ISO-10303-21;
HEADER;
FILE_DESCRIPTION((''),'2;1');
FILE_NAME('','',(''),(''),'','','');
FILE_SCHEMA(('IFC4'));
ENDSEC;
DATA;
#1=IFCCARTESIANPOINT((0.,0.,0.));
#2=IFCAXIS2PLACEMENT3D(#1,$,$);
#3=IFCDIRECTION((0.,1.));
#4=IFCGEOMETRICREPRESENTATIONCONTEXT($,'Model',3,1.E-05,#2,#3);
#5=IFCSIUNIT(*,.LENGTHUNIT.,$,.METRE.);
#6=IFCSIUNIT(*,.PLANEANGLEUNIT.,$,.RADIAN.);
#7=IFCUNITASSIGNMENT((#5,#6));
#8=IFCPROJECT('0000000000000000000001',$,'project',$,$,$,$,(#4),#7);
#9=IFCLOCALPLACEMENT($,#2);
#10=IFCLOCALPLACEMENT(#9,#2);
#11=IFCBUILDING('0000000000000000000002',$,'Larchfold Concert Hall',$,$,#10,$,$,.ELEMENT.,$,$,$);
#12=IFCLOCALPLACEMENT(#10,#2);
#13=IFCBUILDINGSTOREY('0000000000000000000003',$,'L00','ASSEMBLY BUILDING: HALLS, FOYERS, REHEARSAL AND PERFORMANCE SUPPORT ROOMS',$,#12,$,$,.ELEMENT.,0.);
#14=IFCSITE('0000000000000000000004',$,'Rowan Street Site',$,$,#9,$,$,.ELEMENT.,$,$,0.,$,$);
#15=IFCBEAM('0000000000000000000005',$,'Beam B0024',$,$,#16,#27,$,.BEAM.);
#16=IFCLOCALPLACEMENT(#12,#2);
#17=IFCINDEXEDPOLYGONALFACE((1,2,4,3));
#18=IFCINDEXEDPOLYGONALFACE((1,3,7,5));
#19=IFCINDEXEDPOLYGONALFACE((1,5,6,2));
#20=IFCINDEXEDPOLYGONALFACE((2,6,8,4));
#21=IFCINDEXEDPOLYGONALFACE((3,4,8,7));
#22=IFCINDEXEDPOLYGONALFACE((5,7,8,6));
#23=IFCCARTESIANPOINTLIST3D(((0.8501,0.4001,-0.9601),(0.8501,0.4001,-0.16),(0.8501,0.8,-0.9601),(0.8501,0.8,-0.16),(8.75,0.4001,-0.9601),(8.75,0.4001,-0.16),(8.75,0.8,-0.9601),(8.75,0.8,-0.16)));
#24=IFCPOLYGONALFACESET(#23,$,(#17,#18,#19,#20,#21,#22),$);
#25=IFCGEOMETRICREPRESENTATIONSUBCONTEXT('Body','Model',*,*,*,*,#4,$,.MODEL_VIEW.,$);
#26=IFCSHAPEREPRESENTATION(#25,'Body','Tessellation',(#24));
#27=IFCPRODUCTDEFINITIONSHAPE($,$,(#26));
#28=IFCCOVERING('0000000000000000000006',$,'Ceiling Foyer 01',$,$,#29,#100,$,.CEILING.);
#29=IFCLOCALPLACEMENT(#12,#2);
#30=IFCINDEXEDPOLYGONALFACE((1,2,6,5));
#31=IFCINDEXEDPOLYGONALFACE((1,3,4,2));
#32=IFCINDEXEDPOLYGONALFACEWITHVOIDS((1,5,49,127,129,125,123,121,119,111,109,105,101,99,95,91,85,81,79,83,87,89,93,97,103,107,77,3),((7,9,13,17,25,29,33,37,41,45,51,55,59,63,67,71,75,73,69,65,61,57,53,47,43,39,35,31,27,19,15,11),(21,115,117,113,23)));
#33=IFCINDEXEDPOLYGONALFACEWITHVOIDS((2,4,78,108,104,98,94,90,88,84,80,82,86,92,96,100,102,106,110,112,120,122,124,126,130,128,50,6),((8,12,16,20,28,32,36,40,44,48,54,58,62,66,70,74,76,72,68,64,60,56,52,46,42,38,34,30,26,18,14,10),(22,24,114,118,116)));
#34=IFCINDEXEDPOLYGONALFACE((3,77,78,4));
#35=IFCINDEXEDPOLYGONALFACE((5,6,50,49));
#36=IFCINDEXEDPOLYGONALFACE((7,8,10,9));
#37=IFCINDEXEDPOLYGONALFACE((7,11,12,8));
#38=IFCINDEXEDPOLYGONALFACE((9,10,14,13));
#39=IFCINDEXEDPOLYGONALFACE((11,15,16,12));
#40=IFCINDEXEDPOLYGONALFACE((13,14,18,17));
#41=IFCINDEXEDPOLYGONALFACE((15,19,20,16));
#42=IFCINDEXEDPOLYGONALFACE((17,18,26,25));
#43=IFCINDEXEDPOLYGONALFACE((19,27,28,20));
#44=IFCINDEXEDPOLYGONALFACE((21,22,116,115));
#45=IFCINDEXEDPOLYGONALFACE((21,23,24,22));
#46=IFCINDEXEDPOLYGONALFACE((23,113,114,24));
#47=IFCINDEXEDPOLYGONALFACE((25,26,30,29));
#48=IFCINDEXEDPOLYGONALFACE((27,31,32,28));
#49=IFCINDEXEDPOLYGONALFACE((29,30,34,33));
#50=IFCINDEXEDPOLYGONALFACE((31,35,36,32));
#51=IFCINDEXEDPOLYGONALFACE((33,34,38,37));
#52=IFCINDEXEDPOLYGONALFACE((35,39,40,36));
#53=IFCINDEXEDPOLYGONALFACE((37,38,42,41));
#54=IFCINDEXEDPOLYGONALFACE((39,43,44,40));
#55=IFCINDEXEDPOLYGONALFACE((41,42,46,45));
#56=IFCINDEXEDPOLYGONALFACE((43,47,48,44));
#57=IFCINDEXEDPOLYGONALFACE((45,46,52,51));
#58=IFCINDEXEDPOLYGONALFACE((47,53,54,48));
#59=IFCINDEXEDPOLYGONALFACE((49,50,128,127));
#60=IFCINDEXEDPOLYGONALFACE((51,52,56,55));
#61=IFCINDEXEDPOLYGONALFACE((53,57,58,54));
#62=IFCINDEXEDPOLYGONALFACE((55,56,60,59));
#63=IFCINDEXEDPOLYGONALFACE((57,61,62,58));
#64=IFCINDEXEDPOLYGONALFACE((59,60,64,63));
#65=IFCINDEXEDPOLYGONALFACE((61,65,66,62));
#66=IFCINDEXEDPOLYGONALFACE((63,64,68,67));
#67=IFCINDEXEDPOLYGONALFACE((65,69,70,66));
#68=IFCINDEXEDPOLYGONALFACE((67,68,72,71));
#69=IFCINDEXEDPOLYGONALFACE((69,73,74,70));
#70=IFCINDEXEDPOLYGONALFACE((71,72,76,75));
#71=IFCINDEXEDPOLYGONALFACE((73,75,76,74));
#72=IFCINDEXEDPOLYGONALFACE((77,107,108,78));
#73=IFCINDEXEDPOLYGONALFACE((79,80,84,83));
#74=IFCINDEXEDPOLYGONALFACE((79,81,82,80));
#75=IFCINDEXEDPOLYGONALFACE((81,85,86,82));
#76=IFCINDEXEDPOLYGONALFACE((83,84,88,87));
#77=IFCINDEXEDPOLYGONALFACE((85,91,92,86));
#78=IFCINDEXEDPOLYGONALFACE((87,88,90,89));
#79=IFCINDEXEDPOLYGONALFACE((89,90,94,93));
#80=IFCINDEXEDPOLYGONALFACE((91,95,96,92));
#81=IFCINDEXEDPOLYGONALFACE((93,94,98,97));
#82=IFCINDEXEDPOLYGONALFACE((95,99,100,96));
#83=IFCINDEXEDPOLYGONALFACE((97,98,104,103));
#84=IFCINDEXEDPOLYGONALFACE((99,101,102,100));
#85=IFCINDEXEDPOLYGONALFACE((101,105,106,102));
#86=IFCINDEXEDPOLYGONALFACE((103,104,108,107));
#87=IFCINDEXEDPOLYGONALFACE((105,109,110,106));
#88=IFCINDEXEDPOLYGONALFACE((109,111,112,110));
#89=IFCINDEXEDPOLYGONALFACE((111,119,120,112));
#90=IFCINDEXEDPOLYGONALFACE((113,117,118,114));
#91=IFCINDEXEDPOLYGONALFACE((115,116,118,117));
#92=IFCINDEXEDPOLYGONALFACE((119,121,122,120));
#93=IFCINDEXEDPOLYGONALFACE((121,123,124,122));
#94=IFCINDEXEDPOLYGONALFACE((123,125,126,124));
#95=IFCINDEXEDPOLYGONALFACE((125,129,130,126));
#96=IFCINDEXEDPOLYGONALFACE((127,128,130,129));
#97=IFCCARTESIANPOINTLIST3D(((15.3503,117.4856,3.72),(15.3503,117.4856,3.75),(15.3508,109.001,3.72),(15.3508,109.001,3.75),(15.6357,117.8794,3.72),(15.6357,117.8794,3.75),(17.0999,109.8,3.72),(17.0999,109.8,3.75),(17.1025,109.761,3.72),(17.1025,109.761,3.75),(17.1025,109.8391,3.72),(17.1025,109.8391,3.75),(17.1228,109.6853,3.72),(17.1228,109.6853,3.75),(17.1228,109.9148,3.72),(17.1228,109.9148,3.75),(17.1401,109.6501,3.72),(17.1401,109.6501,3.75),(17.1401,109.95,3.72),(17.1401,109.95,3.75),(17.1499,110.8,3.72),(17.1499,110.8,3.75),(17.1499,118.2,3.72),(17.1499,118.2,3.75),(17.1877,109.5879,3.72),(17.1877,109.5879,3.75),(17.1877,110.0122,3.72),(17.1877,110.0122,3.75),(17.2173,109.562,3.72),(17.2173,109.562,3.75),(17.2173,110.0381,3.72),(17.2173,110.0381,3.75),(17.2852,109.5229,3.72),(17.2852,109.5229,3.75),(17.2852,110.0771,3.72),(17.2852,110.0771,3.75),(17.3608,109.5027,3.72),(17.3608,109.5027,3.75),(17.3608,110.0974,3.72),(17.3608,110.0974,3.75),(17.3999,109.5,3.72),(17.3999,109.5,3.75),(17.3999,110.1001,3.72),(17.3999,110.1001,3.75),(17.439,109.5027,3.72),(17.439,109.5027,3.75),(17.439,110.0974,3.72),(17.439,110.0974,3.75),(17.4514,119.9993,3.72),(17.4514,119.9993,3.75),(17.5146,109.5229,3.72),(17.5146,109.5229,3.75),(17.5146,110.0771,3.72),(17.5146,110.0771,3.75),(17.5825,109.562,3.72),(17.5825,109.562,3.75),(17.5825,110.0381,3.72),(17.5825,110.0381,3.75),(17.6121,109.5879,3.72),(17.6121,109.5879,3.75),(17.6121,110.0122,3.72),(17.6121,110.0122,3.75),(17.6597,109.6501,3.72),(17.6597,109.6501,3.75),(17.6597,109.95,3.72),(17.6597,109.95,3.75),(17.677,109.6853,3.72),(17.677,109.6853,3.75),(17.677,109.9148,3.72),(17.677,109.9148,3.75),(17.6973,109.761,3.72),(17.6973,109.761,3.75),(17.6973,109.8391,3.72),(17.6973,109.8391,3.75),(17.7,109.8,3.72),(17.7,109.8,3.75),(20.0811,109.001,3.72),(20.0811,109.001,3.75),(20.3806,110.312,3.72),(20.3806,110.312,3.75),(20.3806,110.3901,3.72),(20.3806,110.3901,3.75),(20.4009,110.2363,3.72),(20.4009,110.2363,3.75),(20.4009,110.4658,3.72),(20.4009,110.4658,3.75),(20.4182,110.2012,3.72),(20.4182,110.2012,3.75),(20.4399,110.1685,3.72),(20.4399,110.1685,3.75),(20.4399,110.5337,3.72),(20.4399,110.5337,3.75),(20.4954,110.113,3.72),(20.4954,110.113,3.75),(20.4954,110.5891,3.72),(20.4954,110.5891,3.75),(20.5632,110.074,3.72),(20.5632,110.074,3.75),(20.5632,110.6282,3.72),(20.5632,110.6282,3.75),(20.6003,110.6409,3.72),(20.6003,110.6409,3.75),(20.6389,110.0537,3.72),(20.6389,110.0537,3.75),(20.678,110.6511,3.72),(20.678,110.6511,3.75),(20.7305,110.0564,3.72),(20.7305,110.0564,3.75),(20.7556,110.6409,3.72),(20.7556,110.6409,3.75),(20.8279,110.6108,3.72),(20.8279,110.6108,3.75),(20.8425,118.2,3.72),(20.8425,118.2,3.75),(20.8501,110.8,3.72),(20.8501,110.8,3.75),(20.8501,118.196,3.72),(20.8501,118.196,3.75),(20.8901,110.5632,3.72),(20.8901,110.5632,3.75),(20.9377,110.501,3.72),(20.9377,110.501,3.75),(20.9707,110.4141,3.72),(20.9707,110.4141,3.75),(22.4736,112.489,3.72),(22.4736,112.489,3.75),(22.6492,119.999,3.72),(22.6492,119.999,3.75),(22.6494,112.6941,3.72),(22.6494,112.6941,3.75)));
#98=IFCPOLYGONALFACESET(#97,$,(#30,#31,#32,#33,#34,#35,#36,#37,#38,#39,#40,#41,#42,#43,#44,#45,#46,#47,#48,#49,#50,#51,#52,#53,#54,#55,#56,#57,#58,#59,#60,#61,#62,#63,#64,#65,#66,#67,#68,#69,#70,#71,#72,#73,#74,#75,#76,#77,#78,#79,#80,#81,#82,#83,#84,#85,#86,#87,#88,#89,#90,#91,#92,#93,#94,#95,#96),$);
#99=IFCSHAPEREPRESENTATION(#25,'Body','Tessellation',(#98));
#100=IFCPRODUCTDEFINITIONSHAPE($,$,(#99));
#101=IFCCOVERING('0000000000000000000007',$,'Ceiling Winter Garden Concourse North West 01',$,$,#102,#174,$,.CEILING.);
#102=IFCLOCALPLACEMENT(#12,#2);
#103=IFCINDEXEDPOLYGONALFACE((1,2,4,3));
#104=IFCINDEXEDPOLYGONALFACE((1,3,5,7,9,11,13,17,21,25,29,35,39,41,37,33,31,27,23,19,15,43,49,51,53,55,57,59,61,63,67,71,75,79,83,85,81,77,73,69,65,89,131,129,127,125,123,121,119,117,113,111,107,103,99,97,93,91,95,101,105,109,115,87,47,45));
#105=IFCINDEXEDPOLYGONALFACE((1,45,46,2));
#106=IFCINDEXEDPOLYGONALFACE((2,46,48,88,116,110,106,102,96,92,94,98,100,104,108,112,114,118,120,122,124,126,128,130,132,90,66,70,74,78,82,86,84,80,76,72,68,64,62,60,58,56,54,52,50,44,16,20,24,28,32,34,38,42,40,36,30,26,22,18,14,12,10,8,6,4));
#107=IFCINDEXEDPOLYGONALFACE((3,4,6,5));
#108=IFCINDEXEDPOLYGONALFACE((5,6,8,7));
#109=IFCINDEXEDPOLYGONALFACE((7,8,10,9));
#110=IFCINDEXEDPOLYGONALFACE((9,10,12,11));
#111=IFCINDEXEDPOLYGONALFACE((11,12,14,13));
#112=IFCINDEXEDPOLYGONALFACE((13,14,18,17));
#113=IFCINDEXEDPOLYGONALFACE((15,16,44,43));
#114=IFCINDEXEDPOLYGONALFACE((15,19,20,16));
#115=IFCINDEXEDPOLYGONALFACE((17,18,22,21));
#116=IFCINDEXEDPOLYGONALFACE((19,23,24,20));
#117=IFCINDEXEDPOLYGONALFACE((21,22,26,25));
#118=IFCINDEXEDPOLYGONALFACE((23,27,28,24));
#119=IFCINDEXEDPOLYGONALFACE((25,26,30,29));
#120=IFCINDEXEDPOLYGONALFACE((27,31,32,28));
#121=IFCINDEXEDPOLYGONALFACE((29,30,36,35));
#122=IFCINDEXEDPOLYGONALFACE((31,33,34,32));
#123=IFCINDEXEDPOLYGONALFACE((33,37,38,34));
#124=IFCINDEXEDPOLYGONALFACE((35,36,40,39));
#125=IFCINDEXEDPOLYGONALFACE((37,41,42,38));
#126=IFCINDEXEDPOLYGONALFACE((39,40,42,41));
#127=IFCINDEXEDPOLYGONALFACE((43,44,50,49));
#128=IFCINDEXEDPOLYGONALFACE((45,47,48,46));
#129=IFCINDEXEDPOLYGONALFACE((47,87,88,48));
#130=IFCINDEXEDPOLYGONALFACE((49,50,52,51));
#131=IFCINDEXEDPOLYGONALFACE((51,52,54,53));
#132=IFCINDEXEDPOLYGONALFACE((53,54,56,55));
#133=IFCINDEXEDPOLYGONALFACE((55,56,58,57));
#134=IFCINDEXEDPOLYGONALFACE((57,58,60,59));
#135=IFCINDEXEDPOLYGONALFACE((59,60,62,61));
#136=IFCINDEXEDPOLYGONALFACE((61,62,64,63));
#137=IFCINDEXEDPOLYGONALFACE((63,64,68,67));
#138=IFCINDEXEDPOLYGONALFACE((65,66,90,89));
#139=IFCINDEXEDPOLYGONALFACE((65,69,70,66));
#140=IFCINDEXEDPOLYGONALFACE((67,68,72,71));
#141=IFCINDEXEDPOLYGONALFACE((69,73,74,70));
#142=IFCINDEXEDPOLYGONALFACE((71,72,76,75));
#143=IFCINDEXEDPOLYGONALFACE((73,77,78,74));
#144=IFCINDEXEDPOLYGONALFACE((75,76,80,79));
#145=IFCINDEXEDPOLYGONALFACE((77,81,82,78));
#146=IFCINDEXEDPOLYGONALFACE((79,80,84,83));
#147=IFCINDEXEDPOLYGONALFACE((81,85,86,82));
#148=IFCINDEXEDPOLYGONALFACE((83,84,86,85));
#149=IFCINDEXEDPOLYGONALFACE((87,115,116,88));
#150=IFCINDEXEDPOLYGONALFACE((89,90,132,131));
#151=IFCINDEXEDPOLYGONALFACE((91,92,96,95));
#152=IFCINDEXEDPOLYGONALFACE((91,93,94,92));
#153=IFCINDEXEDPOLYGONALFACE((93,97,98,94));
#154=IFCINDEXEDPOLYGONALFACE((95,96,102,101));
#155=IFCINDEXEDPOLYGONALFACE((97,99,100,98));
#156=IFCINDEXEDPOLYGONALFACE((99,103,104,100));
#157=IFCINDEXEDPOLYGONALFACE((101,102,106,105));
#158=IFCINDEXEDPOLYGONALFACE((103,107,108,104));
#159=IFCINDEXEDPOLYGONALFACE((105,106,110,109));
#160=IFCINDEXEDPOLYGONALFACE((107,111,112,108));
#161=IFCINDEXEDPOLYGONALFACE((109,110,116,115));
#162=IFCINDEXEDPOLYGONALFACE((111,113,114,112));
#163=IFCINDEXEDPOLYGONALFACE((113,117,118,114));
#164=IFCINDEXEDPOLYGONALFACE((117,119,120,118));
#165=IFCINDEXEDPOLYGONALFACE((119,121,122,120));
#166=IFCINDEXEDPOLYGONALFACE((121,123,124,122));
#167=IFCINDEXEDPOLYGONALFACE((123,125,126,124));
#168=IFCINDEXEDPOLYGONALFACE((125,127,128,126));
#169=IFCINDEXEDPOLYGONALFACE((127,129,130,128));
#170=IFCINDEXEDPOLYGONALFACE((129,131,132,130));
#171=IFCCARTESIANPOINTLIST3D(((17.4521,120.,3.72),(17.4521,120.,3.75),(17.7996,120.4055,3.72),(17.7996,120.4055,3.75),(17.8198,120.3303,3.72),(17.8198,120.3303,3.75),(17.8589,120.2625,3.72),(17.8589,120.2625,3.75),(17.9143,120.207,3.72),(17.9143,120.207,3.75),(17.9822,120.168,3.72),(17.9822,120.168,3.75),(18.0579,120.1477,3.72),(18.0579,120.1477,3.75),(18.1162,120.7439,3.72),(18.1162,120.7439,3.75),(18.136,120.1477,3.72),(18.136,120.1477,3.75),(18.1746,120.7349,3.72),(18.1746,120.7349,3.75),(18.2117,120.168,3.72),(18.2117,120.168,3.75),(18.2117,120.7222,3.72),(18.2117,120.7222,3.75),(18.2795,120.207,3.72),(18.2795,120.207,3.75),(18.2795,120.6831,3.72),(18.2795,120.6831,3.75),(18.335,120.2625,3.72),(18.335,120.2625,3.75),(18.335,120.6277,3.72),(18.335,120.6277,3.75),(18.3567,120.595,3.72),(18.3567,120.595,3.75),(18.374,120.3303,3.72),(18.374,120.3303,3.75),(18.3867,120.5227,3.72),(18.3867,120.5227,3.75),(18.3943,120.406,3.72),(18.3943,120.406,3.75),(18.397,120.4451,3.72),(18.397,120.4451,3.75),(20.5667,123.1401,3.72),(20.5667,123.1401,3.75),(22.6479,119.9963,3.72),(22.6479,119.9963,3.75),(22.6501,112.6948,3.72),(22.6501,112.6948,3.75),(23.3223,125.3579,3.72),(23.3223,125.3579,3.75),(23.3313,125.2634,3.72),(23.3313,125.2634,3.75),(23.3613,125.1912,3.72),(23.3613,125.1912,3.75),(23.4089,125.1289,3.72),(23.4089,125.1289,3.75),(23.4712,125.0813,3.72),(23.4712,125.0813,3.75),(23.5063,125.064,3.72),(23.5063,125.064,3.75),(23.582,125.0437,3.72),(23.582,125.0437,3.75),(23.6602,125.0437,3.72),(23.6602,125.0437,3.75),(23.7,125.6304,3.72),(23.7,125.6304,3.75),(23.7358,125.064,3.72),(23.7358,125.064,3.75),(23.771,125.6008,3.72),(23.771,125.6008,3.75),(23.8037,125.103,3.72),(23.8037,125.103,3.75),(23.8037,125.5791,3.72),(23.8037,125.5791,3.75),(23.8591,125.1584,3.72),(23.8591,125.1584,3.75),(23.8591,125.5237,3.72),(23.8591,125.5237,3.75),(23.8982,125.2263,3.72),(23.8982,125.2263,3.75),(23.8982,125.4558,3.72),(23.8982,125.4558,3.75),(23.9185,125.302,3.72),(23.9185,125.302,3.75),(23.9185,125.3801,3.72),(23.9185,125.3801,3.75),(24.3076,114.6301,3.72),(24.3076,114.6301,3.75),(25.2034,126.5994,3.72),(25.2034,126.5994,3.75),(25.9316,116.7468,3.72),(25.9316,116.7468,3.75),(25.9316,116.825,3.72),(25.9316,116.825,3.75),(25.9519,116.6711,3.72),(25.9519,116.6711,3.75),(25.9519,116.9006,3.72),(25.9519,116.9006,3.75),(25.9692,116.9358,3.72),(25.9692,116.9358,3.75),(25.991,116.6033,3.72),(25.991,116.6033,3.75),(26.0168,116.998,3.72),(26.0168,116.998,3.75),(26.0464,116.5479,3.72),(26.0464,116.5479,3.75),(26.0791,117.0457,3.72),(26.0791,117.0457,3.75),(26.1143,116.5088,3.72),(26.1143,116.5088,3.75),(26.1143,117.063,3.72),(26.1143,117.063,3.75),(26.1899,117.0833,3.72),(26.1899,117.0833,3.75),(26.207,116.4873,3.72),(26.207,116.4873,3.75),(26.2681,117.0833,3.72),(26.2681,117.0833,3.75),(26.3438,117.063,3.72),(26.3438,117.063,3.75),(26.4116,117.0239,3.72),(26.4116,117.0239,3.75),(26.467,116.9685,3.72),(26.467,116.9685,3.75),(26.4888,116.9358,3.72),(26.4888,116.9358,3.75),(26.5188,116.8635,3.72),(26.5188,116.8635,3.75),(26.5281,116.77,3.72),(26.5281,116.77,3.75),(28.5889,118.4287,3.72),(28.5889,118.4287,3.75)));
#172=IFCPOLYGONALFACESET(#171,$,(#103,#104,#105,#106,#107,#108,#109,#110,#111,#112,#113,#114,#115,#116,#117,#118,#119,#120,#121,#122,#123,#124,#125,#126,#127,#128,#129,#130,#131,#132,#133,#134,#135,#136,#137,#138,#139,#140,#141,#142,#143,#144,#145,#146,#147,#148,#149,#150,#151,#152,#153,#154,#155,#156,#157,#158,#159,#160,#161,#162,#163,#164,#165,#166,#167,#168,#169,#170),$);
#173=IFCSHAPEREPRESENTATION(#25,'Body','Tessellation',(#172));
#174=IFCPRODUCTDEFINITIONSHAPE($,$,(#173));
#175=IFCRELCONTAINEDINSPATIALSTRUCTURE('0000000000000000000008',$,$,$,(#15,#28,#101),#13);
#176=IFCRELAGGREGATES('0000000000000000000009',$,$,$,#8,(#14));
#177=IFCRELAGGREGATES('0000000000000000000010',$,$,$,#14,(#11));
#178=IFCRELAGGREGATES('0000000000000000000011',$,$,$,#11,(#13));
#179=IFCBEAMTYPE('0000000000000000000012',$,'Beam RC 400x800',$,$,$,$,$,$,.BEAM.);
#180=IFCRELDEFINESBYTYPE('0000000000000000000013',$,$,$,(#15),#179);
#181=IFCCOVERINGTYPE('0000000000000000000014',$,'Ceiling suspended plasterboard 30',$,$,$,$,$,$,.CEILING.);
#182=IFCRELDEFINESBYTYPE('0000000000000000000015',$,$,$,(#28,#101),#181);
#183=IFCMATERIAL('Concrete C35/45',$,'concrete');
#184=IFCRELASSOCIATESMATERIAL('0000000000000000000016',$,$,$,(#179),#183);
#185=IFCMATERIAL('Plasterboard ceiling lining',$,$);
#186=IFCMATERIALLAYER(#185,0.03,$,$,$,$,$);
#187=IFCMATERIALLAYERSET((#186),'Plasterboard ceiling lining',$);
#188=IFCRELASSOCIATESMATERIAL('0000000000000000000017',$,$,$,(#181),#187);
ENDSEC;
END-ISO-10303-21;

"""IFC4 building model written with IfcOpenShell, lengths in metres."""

from ifc_helpers import new_model, si_unit, direction, frame, origin, origin_2d, place, context, subcontext, project, spatial, polyline, rectangle, outline, extrude, material, layer, layer_set, material_profile, profile_set, type_object, element, save


model = new_model("IFC4")

# Units and contexts
model_context = context("Model", 3, precision=1e-05, world=origin(), true_north=direction((0.0, 1.0)))
body_context = subcontext(model_context, "Body", "Model", "MODEL_VIEW")
ifc_project = project(units=[si_unit("LENGTHUNIT", "METRE"), si_unit("PLANEANGLEUNIT", "RADIAN")], contexts=[model_context])

# Site, building, storey
site_placement = place(None, origin())
site = spatial("IfcSite", under=ifc_project, at=site_placement, Name="Rowan Street Site", CompositionType="ELEMENT", RefElevation=0.0)
building_placement = place(site_placement, origin())
building = spatial("IfcBuilding", under=site, at=building_placement, Name="Larchfold Concert Hall", CompositionType="ELEMENT")
storey_placement = place(building_placement, origin())
storey = spatial("IfcBuildingStorey", under=building, at=storey_placement, Name="L00", Description="ASSEMBLY BUILDING: HALLS, FOYERS, REHEARSAL AND PERFORMANCE SUPPORT ROOMS", CompositionType="ELEMENT", Elevation=0.0)

# Beam
ifc_material_1 = material(Name="Concrete C35/45", Category="concrete")
ifc_material_profile_1 = material_profile(ifc_material_1, rectangle(XDim=0.3999, YDim=0.8, at=origin_2d()))
ifc_profile_set_1 = profile_set([ifc_material_profile_1], Name="Concrete C35/45")
beam_type = type_object("IfcBeamType", Name="Beam RC 400x800", PredefinedType="BEAM", material=ifc_profile_set_1)
for number, where, z_axis, x_axis, name in (
    (1, (0.8501, 0.6001, -0.5601), (1.0, 0.0, 0.0), (0.0, 1.0, 0.0), "Beam B0024"),
):
    element("IfcBeam", number, at=place(storey_placement, frame(where, z_axis=z_axis, x_axis=x_axis)), inside=storey, type_object=beam_type, Name=name, PredefinedType="BEAM", context=body_context, shape_type="SweptSolid", body=[
        extrude(rectangle(XDim=0.3999, YDim=0.8, at=origin_2d()), origin(), (0.0, 0.0, 1.0), 7.8999),
    ])

# Coverings
ifc_material_2 = material(Name="Plasterboard ceiling lining")
ifc_layer_1 = layer(ifc_material_2, 0.03)
ifc_layer_set_1 = layer_set([ifc_layer_1], Name="Plasterboard ceiling lining")
covering_type_1 = type_object("IfcCoveringType", Name="Ceiling suspended plasterboard 30", PredefinedType="CEILING", material=ifc_layer_set_1)
covering_1_placement = place(storey_placement, frame((0.0, 0.0, 3.72)))
element("IfcCovering", 2, at=covering_1_placement, inside=storey, type_object=covering_type_1, Name="Ceiling Foyer 01", PredefinedType="CEILING", context=body_context, shape_type="SweptSolid", body=[
    extrude(outline(polyline([(15.6357, 117.8794), (15.3503, 117.4856), (15.3508, 109.001), (20.0811, 109.001), (20.7305, 110.0564), (20.6389, 110.0537), (20.5632, 110.074), (20.4954, 110.113), (20.4399, 110.1685), (20.4182, 110.2012), (20.4009, 110.2363), (20.3806, 110.312), (20.3806, 110.3901), (20.4009, 110.4658), (20.4399, 110.5337), (20.4954, 110.5891), (20.5632, 110.6282), (20.6003, 110.6409), (20.678, 110.6511), (20.7556, 110.6409), (20.8279, 110.6108), (20.8901, 110.5632), (20.9377, 110.501), (20.9707, 110.4141), (22.4736, 112.489), (22.6494, 112.6941), (22.6492, 119.999), (17.4514, 119.9993), (15.6357, 117.8794)]), holes=[polyline([(17.1499, 110.8), (17.1499, 118.2), (20.8425, 118.2), (20.8501, 118.196), (20.8501, 110.8), (17.1499, 110.8)]), polyline([(17.1877, 109.5879), (17.1401, 109.6501), (17.1228, 109.6853), (17.1025, 109.761), (17.0999, 109.8), (17.1025, 109.8391), (17.1228, 109.9148), (17.1401, 109.95), (17.1877, 110.0122), (17.2173, 110.0381), (17.2852, 110.0771), (17.3608, 110.0974), (17.3999, 110.1001), (17.439, 110.0974), (17.5146, 110.0771), (17.5825, 110.0381), (17.6121, 110.0122), (17.6597, 109.95), (17.677, 109.9148), (17.6973, 109.8391), (17.7, 109.8), (17.6973, 109.761), (17.677, 109.6853), (17.6597, 109.6501), (17.6121, 109.5879), (17.5825, 109.562), (17.5146, 109.5229), (17.439, 109.5027), (17.3999, 109.5), (17.3608, 109.5027), (17.2852, 109.5229), (17.2173, 109.562), (17.1877, 109.5879)])]), origin(), (0.0, 0.0, 1.0), 0.03),
])
covering_2_placement = place(storey_placement, frame((0.0, 0.0, 3.72)))
element("IfcCovering", 3, at=covering_2_placement, inside=storey, type_object=covering_type_1, Name="Ceiling Winter Garden Concourse North West 01", PredefinedType="CEILING", context=body_context, shape_type="SweptSolid", body=[
    extrude(outline(polyline([(17.7996, 120.4055), (17.4521, 120.0), (22.6479, 119.9963), (22.6501, 112.6948), (24.3076, 114.6301), (26.207, 116.4873), (26.1143, 116.5088), (26.0464, 116.5479), (25.991, 116.6033), (25.9519, 116.6711), (25.9316, 116.7468), (25.9316, 116.825), (25.9519, 116.9006), (25.9692, 116.9358), (26.0168, 116.998), (26.0791, 117.0457), (26.1143, 117.063), (26.1899, 117.0833), (26.2681, 117.0833), (26.3438, 117.063), (26.4116, 117.0239), (26.467, 116.9685), (26.4888, 116.9358), (26.5188, 116.8635), (26.5281, 116.77), (28.5889, 118.4287), (25.2034, 126.5994), (23.7, 125.6304), (23.771, 125.6008), (23.8037, 125.5791), (23.8591, 125.5237), (23.8982, 125.4558), (23.9185, 125.3801), (23.9185, 125.302), (23.8982, 125.2263), (23.8591, 125.1584), (23.8037, 125.103), (23.7358, 125.064), (23.6602, 125.0437), (23.582, 125.0437), (23.5063, 125.064), (23.4712, 125.0813), (23.4089, 125.1289), (23.3613, 125.1912), (23.3313, 125.2634), (23.3223, 125.3579), (20.5667, 123.1401), (18.1162, 120.7439), (18.1746, 120.7349), (18.2117, 120.7222), (18.2795, 120.6831), (18.335, 120.6277), (18.3567, 120.595), (18.3867, 120.5227), (18.397, 120.4451), (18.3943, 120.406), (18.374, 120.3303), (18.335, 120.2625), (18.2795, 120.207), (18.2117, 120.168), (18.136, 120.1477), (18.0579, 120.1477), (17.9822, 120.168), (17.9143, 120.207), (17.8589, 120.2625), (17.8198, 120.3303), (17.7996, 120.4055)])), origin(), (0.0, 0.0, 1.0), 0.03),
])

save(model, "model.ifc")
